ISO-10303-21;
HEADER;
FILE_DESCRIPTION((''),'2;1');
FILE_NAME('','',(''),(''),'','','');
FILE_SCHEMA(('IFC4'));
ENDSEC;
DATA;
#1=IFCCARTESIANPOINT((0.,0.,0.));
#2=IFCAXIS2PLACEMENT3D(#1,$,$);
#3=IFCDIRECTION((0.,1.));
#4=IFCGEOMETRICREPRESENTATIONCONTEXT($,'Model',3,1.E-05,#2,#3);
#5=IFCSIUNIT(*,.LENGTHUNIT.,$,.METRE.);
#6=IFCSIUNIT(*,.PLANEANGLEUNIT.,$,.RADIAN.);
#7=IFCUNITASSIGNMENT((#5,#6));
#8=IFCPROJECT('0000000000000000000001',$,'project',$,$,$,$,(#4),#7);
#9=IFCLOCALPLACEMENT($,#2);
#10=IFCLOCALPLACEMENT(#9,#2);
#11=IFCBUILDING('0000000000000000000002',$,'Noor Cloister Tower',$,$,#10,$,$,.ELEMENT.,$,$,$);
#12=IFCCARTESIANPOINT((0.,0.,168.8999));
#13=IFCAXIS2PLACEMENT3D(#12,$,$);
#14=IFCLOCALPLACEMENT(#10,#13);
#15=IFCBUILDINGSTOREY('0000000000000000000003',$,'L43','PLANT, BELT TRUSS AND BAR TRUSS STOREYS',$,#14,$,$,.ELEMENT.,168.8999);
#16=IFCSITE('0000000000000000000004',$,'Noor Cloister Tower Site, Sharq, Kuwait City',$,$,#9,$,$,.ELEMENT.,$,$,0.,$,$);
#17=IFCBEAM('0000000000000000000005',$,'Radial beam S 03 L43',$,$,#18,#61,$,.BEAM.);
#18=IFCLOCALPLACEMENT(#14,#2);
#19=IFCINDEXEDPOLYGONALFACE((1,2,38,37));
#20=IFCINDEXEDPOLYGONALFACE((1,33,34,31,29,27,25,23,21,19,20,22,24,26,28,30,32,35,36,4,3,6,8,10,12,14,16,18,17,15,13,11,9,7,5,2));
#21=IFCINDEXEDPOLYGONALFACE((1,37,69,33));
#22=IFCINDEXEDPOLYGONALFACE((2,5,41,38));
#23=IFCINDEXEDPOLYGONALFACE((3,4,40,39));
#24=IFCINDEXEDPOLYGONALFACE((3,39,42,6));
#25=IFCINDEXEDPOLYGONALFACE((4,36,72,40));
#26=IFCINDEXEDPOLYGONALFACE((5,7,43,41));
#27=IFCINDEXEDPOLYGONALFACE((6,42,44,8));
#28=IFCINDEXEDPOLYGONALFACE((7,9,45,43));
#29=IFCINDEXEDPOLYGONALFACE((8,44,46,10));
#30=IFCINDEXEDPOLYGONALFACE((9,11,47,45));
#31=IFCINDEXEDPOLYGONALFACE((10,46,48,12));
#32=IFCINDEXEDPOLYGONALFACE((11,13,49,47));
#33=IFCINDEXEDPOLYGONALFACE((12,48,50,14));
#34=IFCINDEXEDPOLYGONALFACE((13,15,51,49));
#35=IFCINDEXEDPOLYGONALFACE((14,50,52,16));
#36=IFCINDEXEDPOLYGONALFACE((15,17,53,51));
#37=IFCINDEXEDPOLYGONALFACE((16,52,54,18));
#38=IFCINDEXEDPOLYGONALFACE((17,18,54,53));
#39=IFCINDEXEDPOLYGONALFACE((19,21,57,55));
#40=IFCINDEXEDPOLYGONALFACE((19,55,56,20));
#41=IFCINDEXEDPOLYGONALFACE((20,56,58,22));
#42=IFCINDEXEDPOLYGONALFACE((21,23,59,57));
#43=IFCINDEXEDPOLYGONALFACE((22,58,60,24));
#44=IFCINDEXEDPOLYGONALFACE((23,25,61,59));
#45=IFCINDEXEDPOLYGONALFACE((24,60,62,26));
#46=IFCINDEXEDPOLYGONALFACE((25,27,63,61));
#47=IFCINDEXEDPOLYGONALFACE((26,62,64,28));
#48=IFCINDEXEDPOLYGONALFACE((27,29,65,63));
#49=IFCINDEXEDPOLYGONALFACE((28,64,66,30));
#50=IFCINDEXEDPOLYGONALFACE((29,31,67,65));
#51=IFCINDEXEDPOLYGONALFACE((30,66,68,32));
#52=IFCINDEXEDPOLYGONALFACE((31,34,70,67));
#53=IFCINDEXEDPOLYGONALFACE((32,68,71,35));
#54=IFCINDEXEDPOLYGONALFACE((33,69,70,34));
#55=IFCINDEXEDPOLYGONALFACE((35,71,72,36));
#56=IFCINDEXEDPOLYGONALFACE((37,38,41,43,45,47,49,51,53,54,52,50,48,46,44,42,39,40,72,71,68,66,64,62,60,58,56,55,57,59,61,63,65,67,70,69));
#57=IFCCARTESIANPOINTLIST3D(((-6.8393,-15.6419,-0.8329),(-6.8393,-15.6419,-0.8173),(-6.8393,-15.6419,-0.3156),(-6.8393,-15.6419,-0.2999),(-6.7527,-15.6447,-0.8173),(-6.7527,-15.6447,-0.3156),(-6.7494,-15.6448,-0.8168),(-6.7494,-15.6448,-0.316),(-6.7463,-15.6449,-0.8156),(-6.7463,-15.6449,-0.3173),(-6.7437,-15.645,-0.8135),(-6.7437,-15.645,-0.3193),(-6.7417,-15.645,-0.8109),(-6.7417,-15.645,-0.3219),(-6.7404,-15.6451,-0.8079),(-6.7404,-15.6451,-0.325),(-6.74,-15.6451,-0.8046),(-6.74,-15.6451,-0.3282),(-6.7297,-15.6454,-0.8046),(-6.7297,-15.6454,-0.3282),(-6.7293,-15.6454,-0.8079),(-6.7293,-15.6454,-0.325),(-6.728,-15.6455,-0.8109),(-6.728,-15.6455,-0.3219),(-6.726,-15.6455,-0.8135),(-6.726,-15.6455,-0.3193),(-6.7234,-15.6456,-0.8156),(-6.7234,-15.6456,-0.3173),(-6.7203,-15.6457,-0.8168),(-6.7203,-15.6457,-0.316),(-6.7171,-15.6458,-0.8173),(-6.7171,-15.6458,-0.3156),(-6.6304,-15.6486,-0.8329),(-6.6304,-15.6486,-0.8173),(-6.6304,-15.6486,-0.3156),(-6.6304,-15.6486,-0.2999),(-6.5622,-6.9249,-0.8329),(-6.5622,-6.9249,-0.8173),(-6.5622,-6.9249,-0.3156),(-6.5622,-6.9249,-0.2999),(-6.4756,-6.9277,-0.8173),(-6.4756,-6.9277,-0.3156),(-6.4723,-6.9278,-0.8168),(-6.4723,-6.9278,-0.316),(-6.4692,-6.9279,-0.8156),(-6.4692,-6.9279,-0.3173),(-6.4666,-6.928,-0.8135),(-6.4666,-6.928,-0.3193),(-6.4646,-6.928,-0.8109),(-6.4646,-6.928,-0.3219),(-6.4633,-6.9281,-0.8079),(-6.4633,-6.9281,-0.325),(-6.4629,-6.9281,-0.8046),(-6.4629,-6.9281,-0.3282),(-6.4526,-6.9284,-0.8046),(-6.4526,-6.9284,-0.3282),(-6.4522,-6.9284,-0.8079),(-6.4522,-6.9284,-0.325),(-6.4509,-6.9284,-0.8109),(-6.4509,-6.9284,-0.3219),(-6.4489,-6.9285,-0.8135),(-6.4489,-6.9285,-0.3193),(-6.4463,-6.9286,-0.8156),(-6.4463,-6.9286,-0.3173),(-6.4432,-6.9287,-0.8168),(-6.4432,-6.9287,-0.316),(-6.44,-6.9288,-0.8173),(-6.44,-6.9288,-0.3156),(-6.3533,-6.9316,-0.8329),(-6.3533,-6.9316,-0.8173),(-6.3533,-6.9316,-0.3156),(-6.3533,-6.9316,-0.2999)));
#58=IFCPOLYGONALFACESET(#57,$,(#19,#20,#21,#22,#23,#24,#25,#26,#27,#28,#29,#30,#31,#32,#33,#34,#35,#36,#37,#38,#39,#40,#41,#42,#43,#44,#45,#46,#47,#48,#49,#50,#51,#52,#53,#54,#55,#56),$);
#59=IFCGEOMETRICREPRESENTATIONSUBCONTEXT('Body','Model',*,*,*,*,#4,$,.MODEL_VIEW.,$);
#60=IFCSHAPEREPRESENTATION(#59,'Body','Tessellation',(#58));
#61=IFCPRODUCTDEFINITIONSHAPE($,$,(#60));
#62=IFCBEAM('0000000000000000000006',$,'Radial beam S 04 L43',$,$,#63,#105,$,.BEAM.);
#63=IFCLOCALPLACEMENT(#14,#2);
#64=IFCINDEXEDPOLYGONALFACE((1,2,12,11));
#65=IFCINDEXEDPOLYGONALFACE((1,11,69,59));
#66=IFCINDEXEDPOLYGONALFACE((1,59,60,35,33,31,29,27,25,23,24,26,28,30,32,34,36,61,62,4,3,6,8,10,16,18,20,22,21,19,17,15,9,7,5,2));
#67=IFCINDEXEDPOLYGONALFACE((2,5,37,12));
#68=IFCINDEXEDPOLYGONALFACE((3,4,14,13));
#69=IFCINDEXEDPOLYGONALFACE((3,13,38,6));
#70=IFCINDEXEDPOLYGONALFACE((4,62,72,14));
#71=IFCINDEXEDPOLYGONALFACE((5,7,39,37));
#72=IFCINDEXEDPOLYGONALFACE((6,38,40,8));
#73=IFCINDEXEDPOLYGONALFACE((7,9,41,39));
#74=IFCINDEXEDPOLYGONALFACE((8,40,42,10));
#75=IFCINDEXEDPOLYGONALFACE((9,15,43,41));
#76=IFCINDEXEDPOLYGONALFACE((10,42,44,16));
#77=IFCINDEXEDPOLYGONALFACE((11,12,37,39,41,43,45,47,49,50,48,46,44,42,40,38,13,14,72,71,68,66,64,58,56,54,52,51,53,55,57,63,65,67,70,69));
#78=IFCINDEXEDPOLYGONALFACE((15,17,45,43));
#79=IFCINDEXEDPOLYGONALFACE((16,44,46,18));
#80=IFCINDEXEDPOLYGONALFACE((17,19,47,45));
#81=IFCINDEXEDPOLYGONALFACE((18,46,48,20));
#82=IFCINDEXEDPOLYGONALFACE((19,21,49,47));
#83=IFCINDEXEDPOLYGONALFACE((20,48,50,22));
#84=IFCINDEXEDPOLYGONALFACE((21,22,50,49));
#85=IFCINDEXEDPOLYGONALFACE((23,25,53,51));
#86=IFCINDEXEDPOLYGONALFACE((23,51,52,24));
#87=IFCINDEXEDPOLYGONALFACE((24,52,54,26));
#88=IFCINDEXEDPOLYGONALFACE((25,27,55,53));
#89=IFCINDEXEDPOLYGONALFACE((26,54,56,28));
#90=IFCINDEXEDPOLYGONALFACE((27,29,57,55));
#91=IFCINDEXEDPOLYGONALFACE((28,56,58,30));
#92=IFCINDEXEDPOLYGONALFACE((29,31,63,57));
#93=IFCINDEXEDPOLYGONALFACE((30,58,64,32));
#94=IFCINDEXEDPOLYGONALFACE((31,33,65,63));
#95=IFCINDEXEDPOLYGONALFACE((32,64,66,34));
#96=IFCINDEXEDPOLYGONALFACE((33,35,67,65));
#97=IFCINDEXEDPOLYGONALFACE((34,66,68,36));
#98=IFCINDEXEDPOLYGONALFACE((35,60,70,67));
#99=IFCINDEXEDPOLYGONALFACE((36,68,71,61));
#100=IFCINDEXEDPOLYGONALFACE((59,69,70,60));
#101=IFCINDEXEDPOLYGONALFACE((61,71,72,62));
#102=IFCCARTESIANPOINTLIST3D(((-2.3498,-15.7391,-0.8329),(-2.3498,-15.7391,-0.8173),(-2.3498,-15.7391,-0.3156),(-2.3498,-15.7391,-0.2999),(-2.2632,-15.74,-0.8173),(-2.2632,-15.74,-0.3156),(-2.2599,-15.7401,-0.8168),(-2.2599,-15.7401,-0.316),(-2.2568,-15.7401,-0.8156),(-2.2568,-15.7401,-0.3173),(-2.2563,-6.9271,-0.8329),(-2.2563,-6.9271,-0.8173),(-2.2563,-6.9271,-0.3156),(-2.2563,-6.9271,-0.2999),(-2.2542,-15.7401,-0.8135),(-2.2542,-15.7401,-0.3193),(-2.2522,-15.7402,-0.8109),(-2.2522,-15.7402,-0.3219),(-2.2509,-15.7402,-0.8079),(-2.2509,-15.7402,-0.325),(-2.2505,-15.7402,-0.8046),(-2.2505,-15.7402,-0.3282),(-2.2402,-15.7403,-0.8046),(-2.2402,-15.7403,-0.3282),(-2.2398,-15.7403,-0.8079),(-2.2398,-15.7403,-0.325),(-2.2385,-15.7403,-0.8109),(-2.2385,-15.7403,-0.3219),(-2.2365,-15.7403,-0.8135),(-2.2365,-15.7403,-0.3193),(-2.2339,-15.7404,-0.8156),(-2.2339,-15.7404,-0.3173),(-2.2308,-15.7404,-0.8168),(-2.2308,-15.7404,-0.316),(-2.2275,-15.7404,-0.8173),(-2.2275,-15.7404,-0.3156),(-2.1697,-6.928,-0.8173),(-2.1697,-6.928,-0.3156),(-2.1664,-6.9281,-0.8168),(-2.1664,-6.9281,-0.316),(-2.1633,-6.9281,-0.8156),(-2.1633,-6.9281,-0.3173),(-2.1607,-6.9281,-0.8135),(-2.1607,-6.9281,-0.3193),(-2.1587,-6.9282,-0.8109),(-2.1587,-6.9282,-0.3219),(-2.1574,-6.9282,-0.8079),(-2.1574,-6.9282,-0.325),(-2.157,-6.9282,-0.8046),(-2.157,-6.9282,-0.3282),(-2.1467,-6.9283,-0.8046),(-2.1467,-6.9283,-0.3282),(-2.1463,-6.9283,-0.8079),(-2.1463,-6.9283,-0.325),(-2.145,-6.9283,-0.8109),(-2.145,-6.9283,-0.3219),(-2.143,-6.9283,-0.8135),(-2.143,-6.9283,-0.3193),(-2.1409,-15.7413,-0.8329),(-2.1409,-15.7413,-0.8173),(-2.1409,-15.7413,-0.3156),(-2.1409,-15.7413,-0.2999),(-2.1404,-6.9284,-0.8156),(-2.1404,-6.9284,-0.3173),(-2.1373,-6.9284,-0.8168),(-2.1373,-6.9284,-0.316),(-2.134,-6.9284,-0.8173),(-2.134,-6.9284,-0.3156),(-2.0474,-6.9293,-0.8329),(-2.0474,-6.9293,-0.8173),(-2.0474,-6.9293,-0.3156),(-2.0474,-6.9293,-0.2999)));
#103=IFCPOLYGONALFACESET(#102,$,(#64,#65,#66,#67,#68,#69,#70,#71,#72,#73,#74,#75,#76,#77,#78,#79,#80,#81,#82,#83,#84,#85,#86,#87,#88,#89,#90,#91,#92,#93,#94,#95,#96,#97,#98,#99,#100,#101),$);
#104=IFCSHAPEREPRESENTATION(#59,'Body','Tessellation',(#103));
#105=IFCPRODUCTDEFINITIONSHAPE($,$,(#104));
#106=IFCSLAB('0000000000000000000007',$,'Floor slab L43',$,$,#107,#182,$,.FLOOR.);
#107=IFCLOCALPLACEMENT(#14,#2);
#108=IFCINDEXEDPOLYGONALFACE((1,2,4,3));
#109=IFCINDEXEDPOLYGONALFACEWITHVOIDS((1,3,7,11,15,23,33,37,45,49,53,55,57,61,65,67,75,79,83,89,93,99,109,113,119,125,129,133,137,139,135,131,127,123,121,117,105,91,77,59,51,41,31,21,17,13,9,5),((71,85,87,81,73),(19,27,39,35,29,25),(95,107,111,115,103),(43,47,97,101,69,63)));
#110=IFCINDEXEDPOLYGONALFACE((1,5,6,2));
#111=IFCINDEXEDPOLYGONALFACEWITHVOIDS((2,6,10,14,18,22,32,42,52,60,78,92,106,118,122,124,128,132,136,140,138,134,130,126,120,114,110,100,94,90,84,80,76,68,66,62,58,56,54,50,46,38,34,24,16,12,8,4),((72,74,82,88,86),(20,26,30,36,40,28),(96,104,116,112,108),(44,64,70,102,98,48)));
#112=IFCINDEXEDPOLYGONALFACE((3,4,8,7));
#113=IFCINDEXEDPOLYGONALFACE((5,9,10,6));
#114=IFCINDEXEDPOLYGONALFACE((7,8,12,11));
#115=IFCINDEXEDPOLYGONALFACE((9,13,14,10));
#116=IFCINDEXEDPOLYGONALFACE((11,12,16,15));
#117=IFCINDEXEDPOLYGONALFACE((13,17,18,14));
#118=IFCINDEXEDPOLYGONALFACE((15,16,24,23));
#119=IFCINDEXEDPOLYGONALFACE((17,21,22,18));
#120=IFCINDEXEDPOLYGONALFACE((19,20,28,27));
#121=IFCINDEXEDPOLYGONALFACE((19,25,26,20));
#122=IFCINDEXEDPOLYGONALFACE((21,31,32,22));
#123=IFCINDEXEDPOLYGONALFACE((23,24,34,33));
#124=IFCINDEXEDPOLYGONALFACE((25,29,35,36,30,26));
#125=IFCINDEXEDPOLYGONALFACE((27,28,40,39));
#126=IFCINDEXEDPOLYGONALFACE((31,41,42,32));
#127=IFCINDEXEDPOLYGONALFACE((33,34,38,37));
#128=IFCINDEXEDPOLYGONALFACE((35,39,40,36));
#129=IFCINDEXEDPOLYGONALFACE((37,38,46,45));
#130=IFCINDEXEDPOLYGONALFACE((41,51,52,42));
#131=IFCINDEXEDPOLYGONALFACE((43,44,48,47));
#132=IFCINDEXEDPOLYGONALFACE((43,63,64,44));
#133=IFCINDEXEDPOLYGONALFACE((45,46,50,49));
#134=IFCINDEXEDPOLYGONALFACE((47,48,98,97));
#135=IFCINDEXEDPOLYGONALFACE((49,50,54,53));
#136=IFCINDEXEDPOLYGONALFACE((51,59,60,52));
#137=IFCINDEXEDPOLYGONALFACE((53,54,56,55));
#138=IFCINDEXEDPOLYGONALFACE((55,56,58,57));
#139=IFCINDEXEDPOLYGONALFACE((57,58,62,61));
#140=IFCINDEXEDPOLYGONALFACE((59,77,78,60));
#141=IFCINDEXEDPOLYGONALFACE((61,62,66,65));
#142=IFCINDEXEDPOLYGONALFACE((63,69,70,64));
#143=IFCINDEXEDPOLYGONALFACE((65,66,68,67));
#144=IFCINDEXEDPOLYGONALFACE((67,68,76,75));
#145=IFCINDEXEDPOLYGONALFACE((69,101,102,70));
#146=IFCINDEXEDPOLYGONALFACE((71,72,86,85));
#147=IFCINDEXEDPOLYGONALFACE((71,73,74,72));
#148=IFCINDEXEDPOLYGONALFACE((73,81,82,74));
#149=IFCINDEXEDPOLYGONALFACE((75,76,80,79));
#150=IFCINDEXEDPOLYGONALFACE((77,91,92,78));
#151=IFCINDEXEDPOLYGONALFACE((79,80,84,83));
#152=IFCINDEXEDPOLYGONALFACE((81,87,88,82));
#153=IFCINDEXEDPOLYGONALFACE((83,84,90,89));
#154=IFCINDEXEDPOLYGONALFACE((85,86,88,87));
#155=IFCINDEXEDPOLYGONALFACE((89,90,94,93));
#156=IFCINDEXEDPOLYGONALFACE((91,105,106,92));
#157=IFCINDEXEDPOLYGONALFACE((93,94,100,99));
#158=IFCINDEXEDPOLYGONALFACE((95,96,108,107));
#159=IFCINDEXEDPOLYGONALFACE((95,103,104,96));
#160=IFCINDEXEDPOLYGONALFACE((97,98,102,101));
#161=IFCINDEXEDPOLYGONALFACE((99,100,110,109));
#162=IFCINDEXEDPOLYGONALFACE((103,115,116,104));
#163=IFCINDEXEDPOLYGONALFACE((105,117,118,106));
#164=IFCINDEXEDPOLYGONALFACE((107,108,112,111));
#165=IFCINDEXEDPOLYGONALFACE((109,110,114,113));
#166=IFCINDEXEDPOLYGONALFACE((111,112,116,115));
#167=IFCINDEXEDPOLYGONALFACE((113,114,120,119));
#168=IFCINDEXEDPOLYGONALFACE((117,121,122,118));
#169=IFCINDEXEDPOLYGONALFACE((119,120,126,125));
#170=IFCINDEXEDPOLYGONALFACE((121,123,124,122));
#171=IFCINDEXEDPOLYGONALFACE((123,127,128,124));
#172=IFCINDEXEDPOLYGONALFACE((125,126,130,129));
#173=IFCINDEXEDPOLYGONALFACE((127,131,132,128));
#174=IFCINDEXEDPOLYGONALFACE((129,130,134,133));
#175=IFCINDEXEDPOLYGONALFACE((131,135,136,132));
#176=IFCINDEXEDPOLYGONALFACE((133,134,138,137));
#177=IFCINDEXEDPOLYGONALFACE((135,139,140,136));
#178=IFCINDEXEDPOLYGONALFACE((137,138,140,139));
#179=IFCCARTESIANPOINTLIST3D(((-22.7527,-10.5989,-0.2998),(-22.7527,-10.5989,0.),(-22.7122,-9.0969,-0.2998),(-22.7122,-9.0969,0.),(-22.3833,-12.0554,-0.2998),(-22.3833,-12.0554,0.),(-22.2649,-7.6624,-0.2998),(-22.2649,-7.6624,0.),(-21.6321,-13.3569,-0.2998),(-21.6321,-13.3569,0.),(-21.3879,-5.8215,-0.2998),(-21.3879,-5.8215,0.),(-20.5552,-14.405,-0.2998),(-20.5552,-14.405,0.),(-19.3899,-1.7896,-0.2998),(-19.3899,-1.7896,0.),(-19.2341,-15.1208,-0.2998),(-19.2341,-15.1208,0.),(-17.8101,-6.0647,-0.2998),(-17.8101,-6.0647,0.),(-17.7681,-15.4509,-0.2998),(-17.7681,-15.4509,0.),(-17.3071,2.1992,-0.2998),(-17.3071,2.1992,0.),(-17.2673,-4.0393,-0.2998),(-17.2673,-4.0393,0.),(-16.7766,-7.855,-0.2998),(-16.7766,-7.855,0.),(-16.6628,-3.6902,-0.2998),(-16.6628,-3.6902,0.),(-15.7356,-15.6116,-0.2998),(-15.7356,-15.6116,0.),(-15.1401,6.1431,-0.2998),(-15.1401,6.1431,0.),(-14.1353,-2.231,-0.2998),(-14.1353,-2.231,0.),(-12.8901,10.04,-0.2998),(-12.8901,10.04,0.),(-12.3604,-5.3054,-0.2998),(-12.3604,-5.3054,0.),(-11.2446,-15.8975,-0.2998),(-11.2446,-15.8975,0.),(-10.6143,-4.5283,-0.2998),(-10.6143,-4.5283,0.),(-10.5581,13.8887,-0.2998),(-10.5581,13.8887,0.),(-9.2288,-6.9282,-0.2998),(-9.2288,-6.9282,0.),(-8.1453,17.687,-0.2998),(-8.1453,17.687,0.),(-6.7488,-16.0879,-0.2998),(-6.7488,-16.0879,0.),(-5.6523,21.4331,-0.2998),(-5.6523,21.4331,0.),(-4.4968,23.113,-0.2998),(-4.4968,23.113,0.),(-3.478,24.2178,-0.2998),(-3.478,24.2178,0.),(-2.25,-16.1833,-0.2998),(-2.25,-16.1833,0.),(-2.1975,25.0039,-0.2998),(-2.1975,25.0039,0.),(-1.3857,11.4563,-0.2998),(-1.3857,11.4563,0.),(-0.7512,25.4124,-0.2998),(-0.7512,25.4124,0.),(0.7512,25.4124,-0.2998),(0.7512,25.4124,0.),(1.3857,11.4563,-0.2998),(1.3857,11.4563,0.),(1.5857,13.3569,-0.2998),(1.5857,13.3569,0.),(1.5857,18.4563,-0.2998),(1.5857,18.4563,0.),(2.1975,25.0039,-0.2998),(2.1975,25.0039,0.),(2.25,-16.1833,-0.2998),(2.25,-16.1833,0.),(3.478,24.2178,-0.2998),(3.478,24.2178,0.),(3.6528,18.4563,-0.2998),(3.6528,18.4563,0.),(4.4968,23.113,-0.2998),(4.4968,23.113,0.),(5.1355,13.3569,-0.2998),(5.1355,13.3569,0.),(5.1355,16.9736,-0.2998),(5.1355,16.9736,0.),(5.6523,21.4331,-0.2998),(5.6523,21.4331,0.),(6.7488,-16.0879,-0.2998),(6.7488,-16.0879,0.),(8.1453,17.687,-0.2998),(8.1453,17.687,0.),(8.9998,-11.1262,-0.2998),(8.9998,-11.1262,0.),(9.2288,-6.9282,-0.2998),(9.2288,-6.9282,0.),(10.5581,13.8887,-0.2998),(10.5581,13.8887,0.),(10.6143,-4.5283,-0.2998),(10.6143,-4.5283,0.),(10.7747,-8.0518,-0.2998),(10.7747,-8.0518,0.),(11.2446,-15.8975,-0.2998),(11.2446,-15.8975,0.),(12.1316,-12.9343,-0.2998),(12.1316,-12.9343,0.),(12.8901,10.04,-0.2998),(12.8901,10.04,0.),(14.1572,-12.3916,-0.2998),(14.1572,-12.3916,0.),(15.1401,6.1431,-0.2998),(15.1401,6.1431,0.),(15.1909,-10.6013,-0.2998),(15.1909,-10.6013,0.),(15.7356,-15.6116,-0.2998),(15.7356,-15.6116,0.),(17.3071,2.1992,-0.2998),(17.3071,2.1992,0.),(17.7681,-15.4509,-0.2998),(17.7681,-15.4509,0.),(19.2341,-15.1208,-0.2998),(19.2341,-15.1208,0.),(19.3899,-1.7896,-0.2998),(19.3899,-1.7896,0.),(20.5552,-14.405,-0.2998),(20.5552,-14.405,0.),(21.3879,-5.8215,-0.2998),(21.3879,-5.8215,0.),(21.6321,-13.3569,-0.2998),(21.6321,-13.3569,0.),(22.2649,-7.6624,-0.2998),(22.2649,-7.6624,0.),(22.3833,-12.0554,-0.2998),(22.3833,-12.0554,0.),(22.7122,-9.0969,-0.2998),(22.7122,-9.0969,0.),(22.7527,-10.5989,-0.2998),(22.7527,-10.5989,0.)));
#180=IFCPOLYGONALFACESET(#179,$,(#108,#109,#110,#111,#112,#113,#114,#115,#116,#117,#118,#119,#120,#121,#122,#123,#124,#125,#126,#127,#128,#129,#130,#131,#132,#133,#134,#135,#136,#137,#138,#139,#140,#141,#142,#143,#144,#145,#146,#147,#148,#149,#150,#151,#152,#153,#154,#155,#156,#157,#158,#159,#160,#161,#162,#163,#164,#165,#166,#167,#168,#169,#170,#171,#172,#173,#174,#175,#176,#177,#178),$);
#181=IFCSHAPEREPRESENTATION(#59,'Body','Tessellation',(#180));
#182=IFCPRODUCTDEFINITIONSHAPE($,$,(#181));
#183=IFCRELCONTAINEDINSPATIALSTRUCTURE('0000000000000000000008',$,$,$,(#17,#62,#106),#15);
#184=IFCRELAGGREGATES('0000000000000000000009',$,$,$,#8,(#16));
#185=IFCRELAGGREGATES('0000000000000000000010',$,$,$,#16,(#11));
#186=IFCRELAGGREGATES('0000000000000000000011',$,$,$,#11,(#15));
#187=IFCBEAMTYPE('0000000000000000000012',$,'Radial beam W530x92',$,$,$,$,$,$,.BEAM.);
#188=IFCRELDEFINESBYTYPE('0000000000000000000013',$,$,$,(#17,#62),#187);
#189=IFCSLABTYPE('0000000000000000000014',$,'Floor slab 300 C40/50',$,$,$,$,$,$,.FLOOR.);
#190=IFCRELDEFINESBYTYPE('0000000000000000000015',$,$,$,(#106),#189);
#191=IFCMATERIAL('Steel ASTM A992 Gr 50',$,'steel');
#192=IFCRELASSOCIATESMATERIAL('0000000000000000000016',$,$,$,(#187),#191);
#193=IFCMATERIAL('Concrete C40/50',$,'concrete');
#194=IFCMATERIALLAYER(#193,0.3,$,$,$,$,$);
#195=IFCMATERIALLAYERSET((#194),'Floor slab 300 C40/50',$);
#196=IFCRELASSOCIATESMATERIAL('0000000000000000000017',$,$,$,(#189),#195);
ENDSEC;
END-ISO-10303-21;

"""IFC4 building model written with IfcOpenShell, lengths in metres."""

from ifc_helpers import new_model, si_unit, direction, frame, origin, origin_2d, place, context, subcontext, project, spatial, polyline, i_section, outline, extrude, material, layer, layer_set, material_profile, profile_set, type_object, element, save


model = new_model("IFC4")

# Units and contexts
model_context = context("Model", 3, precision=1e-05, world=origin(), true_north=direction((0.0, 1.0)))
body_context = subcontext(model_context, "Body", "Model", "MODEL_VIEW")
ifc_project = project(units=[si_unit("LENGTHUNIT", "METRE"), si_unit("PLANEANGLEUNIT", "RADIAN")], contexts=[model_context])

# Site, building, storey
site_placement = place(None, origin())
site = spatial("IfcSite", under=ifc_project, at=site_placement, Name="Noor Cloister Tower Site, Sharq, Kuwait City", CompositionType="ELEMENT", RefElevation=0.0)
building_placement = place(site_placement, origin())
building = spatial("IfcBuilding", under=site, at=building_placement, Name="Noor Cloister Tower", CompositionType="ELEMENT")
storey_placement = place(building_placement, frame((0.0, 0.0, 168.8999)))
storey = spatial("IfcBuildingStorey", under=building, at=storey_placement, Name="L43", Description="PLANT, BELT TRUSS AND BAR TRUSS STOREYS", CompositionType="ELEMENT", Elevation=168.8999)

# Beams
ifc_material_1 = material(Name="Steel ASTM A992 Gr 50", Category="steel")
ifc_material_profile_1 = material_profile(ifc_material_1, i_section(OverallWidth=0.209, OverallDepth=0.533, WebThickness=0.0103, FlangeThickness=0.0156, FilletRadius=0.0127, at=origin_2d()), Name="W530x92")
ifc_profile_set_1 = profile_set([ifc_material_profile_1], Name="Steel ASTM A992 Gr 50")
beam_type_1 = type_object("IfcBeamType", Name="Radial beam W530x92", PredefinedType="BEAM", material=ifc_profile_set_1)
beam_1_placement = place(storey_placement, frame((-6.7349, -15.6453, -0.5664), z_axis=(0.031772, 0.999495, 0.0), x_axis=(-0.999495, 0.031772, 0.0)))
element("IfcBeam", 1, at=beam_1_placement, inside=storey, type_object=beam_type_1, Name="Radial beam S 03 L43", PredefinedType="BEAM", context=body_context, shape_type="SweptSolid", body=[
    extrude(i_section(OverallWidth=0.209, OverallDepth=0.533, WebThickness=0.0103, FlangeThickness=0.0156, FilletRadius=0.0127, at=origin_2d()), origin(), (0.0, 0.0, 1.0), 8.7214),
])
beam_2_placement = place(storey_placement, frame((-2.2454, -15.7402, -0.5664), z_axis=(0.010611, 0.999944, 0.0), x_axis=(-0.999944, 0.010611, 0.0)))
element("IfcBeam", 2, at=beam_2_placement, inside=storey, type_object=beam_type_1, Name="Radial beam S 04 L43", PredefinedType="BEAM", context=body_context, shape_type="SweptSolid", body=[
    extrude(i_section(OverallWidth=0.209, OverallDepth=0.533, WebThickness=0.0103, FlangeThickness=0.0156, FilletRadius=0.0127, at=origin_2d()), origin(), (0.0, 0.0, 1.0), 8.8125),
])

# Slab
ifc_material_2 = material(Name="Concrete C40/50", Category="concrete")
ifc_layer_1 = layer(ifc_material_2, 0.3)
ifc_layer_set_1 = layer_set([ifc_layer_1], Name="Floor slab 300 C40/50")
slab_type_1 = type_object("IfcSlabType", Name="Floor slab 300 C40/50", PredefinedType="FLOOR", material=ifc_layer_set_1)
slab_1_placement = place(storey_placement, frame((0.0, 0.0, -0.2998)))
element("IfcSlab", 3, at=slab_1_placement, inside=storey, type_object=slab_type_1, Name="Floor slab L43", PredefinedType="FLOOR", context=body_context, shape_type="SweptSolid", body=[
    extrude(outline(polyline([(4.4968, 23.113), (3.478, 24.2178), (2.1975, 25.0039), (0.7512, 25.4124), (-0.7512, 25.4124), (-2.1975, 25.0039), (-3.478, 24.2178), (-4.4968, 23.113), (-5.6523, 21.4331), (-8.1453, 17.687), (-10.5581, 13.8887), (-12.8901, 10.04), (-15.1401, 6.1431), (-17.3071, 2.1992), (-19.3899, -1.7896), (-21.3879, -5.8215), (-22.2649, -7.6624), (-22.7122, -9.0969), (-22.7527, -10.5989), (-22.3833, -12.0554), (-21.6321, -13.3569), (-20.5552, -14.405), (-19.2341, -15.1208), (-17.7681, -15.4509), (-15.7356, -15.6116), (-11.2446, -15.8975), (-6.7488, -16.0879), (-2.25, -16.1833), (2.25, -16.1833), (6.7488, -16.0879), (11.2446, -15.8975), (15.7356, -15.6116), (17.7681, -15.4509), (19.2341, -15.1208), (20.5552, -14.405), (21.6321, -13.3569), (22.3833, -12.0554), (22.7527, -10.5989), (22.7122, -9.0969), (22.2649, -7.6624), (21.3879, -5.8215), (19.3899, -1.7896), (17.3071, 2.1992), (15.1401, 6.1431), (12.8901, 10.04), (10.5581, 13.8887), (8.1453, 17.687), (5.6523, 21.4331), (4.4968, 23.113)]), holes=[polyline([(8.9998, -11.1262), (12.1316, -12.9343), (14.1572, -12.3916), (15.1909, -10.6013), (10.7747, -8.0518), (8.9998, -11.1262)]), polyline([(-17.8101, -6.0647), (-16.7766, -7.855), (-12.3604, -5.3054), (-14.1353, -2.231), (-16.6628, -3.6902), (-17.2673, -4.0393), (-17.8101, -6.0647)]), polyline([(-10.6143, -4.5283), (-9.2288, -6.9282), (9.2288, -6.9282), (10.6143, -4.5283), (1.3857, 11.4563), (-1.3857, 11.4563), (-10.6143, -4.5283)]), polyline([(3.6528, 18.4563), (1.5857, 18.4563), (1.5857, 13.3569), (5.1355, 13.3569), (5.1355, 16.9736), (3.6528, 18.4563)])]), origin(), (0.0, 0.0, 1.0), 0.2998),
])

save(model, "model.ifc")
